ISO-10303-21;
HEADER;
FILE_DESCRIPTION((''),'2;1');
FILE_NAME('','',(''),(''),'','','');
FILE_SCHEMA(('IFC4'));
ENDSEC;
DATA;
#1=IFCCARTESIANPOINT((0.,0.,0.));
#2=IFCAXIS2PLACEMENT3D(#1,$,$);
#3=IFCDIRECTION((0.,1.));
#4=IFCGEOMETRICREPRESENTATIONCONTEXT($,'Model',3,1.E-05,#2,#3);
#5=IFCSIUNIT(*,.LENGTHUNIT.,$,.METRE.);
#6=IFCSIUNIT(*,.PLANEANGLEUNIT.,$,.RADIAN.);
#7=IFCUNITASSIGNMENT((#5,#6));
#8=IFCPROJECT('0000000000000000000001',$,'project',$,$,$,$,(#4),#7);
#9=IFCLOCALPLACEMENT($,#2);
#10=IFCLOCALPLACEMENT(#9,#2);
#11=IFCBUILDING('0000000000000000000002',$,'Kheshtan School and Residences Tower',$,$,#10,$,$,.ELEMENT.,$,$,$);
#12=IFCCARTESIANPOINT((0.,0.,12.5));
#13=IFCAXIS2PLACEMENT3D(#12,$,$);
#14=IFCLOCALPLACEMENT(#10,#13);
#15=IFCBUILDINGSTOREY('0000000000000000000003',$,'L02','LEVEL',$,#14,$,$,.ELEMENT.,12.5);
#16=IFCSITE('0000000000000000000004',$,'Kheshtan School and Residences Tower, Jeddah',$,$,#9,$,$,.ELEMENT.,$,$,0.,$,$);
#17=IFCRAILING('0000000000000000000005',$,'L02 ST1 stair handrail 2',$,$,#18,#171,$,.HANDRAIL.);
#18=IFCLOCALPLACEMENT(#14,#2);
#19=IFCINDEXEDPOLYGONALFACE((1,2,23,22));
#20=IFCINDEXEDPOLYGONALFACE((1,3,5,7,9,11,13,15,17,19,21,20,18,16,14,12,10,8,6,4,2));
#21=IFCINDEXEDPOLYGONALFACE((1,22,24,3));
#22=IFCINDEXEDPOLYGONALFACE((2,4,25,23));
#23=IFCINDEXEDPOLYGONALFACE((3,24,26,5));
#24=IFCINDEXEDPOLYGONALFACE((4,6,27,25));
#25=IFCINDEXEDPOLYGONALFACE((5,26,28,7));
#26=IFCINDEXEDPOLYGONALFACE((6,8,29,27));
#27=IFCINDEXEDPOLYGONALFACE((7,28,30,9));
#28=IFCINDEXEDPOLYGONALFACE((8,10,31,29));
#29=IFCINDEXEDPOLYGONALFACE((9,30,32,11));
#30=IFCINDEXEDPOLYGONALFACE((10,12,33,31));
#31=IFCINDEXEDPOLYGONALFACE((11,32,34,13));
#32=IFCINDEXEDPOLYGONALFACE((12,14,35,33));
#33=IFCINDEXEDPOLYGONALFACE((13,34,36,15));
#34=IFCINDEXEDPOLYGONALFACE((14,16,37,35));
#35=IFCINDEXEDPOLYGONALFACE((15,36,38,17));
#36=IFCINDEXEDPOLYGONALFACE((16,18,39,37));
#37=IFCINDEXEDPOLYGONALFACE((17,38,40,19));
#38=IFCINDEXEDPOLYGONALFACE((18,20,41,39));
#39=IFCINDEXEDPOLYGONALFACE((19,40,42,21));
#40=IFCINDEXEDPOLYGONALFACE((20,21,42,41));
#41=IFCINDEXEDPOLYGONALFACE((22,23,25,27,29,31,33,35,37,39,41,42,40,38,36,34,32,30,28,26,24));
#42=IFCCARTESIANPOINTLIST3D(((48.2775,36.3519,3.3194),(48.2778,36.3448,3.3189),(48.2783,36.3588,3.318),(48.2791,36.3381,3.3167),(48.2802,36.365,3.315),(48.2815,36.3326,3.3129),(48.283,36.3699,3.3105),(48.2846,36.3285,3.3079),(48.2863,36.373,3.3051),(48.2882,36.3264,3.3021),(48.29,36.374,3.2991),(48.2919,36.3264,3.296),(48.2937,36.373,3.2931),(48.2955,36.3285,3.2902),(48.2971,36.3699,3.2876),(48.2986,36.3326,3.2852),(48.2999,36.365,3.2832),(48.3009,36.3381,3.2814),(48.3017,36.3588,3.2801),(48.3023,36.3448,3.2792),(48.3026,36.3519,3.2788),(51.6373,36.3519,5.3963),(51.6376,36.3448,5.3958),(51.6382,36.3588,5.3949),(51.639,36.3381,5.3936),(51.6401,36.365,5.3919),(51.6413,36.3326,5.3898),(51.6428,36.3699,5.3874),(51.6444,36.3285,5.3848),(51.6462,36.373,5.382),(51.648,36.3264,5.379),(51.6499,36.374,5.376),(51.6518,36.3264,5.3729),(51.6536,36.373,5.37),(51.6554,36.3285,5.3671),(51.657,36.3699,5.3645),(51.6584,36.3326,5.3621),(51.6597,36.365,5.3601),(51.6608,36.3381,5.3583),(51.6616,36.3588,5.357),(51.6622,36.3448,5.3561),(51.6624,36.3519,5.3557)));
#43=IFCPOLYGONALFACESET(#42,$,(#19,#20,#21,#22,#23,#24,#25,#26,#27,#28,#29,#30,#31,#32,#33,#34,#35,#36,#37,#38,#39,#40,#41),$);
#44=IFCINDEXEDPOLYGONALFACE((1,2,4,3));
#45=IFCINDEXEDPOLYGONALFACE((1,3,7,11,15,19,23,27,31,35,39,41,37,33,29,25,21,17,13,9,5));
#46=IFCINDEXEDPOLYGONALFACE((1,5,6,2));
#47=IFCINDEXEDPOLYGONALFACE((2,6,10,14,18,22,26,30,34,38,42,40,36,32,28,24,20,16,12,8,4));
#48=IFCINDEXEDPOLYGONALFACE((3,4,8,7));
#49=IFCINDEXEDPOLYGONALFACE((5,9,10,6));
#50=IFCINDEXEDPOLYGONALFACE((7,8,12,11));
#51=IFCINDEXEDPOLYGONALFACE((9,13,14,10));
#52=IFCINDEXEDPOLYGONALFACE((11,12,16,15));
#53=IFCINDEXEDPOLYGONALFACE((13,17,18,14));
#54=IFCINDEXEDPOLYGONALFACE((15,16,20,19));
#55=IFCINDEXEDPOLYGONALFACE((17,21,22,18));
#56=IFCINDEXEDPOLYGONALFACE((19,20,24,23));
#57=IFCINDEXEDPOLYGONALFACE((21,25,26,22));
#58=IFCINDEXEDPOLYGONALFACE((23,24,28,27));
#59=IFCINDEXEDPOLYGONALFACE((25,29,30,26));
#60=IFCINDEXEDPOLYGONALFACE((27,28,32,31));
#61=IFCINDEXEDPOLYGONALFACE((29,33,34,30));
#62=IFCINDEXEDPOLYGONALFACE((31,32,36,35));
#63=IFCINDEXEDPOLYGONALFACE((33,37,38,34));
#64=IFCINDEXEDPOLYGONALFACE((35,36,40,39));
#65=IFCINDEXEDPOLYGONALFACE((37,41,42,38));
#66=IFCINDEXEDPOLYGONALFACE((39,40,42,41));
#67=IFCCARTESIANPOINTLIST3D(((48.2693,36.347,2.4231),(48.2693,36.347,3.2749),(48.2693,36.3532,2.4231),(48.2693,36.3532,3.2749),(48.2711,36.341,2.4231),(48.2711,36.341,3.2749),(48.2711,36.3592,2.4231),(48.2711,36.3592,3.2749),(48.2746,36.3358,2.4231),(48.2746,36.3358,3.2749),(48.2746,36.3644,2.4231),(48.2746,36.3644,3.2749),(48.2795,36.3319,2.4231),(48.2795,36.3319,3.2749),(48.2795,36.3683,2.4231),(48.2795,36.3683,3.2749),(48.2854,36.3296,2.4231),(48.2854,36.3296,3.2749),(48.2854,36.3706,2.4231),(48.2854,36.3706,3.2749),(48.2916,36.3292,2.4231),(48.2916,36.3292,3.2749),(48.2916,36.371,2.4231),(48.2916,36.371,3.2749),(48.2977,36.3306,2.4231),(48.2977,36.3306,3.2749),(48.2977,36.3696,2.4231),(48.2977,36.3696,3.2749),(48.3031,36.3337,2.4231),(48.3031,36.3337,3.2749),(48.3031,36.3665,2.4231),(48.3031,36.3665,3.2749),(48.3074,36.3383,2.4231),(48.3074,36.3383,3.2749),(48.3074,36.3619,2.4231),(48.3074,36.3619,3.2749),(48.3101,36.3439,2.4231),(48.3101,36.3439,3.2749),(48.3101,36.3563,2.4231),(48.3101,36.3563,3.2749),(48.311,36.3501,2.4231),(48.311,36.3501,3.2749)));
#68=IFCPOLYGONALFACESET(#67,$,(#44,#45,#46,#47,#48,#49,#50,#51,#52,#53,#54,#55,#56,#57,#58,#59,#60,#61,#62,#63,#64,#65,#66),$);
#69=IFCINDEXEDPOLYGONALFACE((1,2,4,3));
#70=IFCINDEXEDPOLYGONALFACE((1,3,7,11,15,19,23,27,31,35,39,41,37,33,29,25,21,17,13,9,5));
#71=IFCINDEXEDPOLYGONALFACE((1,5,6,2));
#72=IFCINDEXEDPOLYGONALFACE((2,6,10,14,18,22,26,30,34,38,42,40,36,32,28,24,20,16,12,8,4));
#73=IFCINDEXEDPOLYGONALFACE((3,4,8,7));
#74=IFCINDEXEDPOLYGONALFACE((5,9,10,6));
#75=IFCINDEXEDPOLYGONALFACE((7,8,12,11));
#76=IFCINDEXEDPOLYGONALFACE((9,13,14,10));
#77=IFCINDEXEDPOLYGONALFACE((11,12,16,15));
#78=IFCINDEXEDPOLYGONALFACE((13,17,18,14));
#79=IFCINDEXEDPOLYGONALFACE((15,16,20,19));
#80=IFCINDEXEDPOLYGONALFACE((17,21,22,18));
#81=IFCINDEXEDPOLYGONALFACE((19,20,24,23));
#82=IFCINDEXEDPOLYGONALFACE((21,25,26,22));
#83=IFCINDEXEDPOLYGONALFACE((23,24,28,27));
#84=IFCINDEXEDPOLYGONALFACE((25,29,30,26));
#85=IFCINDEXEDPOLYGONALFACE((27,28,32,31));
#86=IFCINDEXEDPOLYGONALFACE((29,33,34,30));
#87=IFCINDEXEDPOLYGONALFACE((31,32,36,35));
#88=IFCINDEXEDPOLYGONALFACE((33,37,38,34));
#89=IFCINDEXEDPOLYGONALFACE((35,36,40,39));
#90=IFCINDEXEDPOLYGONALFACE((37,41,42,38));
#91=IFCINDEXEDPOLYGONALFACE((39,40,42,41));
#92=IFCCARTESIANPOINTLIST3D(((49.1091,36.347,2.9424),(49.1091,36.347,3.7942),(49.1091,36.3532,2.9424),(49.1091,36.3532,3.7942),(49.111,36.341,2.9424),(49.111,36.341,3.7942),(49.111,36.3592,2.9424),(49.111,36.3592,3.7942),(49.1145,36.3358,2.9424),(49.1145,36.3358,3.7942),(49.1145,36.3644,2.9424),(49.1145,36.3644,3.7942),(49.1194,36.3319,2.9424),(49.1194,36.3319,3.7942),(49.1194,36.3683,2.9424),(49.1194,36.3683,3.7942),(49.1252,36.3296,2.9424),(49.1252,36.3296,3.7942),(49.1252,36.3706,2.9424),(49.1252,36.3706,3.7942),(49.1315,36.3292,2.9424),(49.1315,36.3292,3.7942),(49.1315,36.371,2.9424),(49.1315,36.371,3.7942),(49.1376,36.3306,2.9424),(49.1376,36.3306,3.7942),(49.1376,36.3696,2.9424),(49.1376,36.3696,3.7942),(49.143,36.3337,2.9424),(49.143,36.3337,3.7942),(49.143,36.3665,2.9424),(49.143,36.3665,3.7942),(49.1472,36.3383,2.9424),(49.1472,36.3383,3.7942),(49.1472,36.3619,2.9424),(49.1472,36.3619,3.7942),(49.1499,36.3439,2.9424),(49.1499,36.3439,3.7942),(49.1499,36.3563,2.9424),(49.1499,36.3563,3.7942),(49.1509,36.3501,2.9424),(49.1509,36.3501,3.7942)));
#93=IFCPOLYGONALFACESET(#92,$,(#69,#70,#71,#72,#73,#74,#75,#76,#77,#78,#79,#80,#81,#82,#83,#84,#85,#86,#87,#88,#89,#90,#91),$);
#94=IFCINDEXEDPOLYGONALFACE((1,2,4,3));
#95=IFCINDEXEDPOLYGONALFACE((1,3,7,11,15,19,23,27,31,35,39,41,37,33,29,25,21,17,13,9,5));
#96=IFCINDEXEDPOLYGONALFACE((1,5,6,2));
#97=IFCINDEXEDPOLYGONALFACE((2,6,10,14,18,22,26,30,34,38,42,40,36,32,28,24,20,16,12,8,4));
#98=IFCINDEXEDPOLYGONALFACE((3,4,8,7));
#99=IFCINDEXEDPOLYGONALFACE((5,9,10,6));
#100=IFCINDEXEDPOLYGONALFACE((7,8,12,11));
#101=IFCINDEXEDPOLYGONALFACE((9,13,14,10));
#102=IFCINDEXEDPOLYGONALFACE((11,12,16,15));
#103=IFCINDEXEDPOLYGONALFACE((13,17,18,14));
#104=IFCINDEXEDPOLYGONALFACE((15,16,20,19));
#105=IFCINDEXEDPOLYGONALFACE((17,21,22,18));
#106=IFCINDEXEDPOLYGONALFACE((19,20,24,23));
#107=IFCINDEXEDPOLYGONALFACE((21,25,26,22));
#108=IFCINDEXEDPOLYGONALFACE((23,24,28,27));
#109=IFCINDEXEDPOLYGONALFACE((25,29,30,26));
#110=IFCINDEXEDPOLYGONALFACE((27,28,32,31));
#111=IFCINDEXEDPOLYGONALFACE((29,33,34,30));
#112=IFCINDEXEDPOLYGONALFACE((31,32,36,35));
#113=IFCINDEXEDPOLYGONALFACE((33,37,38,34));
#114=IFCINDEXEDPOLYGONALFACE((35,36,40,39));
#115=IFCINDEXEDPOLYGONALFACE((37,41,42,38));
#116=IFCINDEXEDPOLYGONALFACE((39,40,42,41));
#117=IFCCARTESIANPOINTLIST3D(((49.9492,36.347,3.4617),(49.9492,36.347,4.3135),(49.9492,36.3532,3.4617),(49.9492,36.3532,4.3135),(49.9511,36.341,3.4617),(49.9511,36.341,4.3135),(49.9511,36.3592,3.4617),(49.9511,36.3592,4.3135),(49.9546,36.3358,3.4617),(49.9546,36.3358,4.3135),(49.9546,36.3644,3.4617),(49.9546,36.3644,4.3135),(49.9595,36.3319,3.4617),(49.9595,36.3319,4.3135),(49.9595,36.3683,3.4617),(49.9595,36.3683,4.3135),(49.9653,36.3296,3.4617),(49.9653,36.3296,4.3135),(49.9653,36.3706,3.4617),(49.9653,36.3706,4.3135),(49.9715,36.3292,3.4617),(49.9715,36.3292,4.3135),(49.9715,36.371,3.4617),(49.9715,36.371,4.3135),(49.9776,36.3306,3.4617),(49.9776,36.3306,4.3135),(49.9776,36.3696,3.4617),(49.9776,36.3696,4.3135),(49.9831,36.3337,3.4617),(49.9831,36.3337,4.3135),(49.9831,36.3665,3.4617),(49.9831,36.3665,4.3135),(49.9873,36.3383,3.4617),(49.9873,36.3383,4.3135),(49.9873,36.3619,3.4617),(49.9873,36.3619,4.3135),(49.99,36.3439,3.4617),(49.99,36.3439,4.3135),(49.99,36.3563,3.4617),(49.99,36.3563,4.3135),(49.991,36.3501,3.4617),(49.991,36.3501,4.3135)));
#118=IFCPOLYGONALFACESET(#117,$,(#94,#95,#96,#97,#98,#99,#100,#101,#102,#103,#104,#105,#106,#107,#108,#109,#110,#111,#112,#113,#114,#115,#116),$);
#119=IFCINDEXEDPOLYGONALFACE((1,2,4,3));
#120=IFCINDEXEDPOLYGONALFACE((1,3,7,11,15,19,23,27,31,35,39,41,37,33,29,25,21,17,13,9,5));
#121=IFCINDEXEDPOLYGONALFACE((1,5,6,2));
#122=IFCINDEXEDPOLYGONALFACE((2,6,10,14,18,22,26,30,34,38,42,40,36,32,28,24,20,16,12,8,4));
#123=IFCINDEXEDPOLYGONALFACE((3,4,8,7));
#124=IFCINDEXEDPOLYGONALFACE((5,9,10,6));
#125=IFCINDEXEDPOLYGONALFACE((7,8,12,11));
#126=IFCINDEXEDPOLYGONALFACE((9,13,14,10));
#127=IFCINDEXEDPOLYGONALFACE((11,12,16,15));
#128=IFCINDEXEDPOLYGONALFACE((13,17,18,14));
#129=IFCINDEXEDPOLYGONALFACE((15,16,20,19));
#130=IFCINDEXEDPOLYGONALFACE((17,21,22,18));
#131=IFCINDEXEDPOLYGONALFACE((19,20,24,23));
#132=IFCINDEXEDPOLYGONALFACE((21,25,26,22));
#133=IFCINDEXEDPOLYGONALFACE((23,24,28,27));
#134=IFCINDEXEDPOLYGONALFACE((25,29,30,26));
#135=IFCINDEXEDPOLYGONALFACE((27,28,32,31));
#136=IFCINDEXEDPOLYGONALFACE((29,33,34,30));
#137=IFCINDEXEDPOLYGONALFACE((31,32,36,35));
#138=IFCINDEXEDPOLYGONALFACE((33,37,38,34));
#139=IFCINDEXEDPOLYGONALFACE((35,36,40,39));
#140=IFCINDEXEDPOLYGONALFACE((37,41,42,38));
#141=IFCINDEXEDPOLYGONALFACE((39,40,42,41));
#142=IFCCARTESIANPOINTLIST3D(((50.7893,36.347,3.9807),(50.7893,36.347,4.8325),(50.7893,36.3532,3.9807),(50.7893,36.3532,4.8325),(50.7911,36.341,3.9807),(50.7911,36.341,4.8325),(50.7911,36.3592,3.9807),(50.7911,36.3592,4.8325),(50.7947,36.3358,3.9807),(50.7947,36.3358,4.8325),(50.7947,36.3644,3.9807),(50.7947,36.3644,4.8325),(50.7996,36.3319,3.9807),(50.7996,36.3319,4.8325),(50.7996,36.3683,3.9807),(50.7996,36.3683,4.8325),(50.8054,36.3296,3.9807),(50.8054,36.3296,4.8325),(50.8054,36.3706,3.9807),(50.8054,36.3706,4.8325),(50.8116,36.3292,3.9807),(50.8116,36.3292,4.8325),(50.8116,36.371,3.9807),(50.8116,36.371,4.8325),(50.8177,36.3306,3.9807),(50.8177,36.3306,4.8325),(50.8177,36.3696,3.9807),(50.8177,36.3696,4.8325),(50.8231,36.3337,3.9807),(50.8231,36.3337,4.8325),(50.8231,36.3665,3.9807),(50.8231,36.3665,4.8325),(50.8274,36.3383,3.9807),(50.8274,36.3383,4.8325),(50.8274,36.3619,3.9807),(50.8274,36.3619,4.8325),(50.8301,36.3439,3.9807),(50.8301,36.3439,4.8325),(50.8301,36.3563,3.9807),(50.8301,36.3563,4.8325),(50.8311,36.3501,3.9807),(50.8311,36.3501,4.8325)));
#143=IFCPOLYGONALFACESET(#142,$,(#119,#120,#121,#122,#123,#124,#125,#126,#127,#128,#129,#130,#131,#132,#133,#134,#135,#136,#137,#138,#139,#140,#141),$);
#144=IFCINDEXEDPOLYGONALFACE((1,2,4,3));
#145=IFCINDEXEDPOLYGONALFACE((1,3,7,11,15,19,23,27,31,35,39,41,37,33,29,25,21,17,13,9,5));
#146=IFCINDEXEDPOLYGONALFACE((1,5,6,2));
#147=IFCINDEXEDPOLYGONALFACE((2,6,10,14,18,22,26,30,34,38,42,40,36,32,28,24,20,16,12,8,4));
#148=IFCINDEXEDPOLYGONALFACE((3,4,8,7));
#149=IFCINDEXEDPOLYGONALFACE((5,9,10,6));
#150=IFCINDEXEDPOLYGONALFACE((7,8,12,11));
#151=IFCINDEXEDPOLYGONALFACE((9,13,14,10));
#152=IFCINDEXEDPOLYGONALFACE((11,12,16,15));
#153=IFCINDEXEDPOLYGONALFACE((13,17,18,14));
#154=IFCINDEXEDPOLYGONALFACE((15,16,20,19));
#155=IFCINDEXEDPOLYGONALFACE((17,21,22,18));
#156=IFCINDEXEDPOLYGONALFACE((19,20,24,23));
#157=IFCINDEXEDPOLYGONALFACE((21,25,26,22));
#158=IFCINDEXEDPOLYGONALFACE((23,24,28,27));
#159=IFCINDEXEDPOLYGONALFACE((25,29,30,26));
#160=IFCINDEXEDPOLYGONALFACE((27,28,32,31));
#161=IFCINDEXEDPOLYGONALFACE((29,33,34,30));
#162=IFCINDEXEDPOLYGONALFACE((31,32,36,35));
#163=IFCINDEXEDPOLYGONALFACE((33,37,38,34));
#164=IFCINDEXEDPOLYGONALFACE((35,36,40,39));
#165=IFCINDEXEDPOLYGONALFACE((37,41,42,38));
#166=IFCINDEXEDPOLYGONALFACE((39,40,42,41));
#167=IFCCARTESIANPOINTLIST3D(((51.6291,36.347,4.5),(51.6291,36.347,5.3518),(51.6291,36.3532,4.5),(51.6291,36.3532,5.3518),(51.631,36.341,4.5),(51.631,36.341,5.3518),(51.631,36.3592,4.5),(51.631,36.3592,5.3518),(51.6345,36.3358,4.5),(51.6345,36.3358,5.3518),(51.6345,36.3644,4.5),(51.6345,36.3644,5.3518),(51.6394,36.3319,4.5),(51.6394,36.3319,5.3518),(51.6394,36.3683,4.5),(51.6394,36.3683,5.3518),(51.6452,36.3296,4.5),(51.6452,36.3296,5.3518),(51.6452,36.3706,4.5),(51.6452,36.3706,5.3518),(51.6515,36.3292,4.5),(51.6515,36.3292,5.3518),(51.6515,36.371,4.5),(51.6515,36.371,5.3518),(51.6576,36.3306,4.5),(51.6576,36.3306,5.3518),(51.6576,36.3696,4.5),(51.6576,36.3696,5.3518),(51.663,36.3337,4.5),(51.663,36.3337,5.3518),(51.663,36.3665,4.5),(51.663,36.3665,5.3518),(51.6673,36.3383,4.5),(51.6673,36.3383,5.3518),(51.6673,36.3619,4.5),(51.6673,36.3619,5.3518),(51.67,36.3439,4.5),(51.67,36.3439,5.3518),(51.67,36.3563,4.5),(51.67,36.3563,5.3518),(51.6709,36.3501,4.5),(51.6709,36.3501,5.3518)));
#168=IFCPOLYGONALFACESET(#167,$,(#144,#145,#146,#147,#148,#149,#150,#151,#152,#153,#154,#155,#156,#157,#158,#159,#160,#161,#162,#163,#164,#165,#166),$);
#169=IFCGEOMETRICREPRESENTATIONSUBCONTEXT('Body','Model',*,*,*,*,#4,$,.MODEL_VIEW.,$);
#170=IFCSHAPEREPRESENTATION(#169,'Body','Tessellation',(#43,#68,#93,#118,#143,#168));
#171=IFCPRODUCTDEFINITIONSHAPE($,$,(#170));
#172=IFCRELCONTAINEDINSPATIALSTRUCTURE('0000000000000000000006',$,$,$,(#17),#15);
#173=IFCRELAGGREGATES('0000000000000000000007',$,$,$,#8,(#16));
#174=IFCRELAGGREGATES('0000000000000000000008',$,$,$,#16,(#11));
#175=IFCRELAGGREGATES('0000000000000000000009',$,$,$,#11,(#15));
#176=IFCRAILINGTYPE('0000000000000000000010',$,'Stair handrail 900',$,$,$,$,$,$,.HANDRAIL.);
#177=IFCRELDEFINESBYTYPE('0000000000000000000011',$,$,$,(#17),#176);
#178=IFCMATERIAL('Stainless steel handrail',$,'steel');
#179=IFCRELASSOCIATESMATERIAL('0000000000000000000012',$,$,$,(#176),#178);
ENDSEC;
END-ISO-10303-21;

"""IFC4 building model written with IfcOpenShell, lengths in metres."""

from ifc_helpers import new_model, si_unit, direction, frame, origin, origin_2d, place, context, subcontext, project, spatial, circle, extrude, material, type_object, element, save


model = new_model("IFC4")

# Units and contexts
model_context = context("Model", 3, precision=1e-05, world=origin(), true_north=direction((0.0, 1.0)))
body_context = subcontext(model_context, "Body", "Model", "MODEL_VIEW")
ifc_project = project(units=[si_unit("LENGTHUNIT", "METRE"), si_unit("PLANEANGLEUNIT", "RADIAN")], contexts=[model_context])

# Site, building, storey
site_placement = place(None, origin())
site = spatial("IfcSite", under=ifc_project, at=site_placement, Name="Kheshtan School and Residences Tower, Jeddah", CompositionType="ELEMENT", RefElevation=0.0)
building_placement = place(site_placement, origin())
building = spatial("IfcBuilding", under=site, at=building_placement, Name="Kheshtan School and Residences Tower", CompositionType="ELEMENT")
storey_placement = place(building_placement, frame((0.0, 0.0, 12.5)))
storey = spatial("IfcBuildingStorey", under=building, at=storey_placement, Name="L02", Description="LEVEL", CompositionType="ELEMENT", Elevation=12.5)

# Railing
ifc_material_1 = material(Name="Stainless steel handrail", Category="steel")
railing_type_1 = type_object("IfcRailingType", Name="Stair handrail 900", PredefinedType="HANDRAIL", material=ifc_material_1)
railing_1_placement = place(storey_placement, frame((48.29, 36.3501, 2.4231)))
element("IfcRailing", 1, at=railing_1_placement, inside=storey, type_object=railing_type_1, Name="L02 ST1 stair handrail 2", PredefinedType="HANDRAIL", context=body_context, shape_type="SweptSolid", body=[
    extrude(circle(Radius=0.0239, at=origin_2d()), frame((0.0, 0.0, 0.876), z_axis=(0.850606, 0.0, 0.525803), x_axis=(0.0, 1.0, 0.0)), (0.0, 0.0, 1.0), 3.95),
    extrude(circle(Radius=0.021, at=origin_2d()), origin(), (0.0, 0.0, 1.0), 0.8518),
    extrude(circle(Radius=0.021, at=origin_2d()), frame((0.8398, 0.0, 0.5193)), (0.0, 0.0, 1.0), 0.8518),
    extrude(circle(Radius=0.021, at=origin_2d()), frame((1.6799, 0.0, 1.0386)), (0.0, 0.0, 1.0), 0.8518),
    extrude(circle(Radius=0.021, at=origin_2d()), frame((2.52, 0.0, 1.5576)), (0.0, 0.0, 1.0), 0.8518),
    extrude(circle(Radius=0.021, at=origin_2d()), frame((3.3599, 0.0, 2.0769)), (0.0, 0.0, 1.0), 0.8518),
])

save(model, "model.ifc")
